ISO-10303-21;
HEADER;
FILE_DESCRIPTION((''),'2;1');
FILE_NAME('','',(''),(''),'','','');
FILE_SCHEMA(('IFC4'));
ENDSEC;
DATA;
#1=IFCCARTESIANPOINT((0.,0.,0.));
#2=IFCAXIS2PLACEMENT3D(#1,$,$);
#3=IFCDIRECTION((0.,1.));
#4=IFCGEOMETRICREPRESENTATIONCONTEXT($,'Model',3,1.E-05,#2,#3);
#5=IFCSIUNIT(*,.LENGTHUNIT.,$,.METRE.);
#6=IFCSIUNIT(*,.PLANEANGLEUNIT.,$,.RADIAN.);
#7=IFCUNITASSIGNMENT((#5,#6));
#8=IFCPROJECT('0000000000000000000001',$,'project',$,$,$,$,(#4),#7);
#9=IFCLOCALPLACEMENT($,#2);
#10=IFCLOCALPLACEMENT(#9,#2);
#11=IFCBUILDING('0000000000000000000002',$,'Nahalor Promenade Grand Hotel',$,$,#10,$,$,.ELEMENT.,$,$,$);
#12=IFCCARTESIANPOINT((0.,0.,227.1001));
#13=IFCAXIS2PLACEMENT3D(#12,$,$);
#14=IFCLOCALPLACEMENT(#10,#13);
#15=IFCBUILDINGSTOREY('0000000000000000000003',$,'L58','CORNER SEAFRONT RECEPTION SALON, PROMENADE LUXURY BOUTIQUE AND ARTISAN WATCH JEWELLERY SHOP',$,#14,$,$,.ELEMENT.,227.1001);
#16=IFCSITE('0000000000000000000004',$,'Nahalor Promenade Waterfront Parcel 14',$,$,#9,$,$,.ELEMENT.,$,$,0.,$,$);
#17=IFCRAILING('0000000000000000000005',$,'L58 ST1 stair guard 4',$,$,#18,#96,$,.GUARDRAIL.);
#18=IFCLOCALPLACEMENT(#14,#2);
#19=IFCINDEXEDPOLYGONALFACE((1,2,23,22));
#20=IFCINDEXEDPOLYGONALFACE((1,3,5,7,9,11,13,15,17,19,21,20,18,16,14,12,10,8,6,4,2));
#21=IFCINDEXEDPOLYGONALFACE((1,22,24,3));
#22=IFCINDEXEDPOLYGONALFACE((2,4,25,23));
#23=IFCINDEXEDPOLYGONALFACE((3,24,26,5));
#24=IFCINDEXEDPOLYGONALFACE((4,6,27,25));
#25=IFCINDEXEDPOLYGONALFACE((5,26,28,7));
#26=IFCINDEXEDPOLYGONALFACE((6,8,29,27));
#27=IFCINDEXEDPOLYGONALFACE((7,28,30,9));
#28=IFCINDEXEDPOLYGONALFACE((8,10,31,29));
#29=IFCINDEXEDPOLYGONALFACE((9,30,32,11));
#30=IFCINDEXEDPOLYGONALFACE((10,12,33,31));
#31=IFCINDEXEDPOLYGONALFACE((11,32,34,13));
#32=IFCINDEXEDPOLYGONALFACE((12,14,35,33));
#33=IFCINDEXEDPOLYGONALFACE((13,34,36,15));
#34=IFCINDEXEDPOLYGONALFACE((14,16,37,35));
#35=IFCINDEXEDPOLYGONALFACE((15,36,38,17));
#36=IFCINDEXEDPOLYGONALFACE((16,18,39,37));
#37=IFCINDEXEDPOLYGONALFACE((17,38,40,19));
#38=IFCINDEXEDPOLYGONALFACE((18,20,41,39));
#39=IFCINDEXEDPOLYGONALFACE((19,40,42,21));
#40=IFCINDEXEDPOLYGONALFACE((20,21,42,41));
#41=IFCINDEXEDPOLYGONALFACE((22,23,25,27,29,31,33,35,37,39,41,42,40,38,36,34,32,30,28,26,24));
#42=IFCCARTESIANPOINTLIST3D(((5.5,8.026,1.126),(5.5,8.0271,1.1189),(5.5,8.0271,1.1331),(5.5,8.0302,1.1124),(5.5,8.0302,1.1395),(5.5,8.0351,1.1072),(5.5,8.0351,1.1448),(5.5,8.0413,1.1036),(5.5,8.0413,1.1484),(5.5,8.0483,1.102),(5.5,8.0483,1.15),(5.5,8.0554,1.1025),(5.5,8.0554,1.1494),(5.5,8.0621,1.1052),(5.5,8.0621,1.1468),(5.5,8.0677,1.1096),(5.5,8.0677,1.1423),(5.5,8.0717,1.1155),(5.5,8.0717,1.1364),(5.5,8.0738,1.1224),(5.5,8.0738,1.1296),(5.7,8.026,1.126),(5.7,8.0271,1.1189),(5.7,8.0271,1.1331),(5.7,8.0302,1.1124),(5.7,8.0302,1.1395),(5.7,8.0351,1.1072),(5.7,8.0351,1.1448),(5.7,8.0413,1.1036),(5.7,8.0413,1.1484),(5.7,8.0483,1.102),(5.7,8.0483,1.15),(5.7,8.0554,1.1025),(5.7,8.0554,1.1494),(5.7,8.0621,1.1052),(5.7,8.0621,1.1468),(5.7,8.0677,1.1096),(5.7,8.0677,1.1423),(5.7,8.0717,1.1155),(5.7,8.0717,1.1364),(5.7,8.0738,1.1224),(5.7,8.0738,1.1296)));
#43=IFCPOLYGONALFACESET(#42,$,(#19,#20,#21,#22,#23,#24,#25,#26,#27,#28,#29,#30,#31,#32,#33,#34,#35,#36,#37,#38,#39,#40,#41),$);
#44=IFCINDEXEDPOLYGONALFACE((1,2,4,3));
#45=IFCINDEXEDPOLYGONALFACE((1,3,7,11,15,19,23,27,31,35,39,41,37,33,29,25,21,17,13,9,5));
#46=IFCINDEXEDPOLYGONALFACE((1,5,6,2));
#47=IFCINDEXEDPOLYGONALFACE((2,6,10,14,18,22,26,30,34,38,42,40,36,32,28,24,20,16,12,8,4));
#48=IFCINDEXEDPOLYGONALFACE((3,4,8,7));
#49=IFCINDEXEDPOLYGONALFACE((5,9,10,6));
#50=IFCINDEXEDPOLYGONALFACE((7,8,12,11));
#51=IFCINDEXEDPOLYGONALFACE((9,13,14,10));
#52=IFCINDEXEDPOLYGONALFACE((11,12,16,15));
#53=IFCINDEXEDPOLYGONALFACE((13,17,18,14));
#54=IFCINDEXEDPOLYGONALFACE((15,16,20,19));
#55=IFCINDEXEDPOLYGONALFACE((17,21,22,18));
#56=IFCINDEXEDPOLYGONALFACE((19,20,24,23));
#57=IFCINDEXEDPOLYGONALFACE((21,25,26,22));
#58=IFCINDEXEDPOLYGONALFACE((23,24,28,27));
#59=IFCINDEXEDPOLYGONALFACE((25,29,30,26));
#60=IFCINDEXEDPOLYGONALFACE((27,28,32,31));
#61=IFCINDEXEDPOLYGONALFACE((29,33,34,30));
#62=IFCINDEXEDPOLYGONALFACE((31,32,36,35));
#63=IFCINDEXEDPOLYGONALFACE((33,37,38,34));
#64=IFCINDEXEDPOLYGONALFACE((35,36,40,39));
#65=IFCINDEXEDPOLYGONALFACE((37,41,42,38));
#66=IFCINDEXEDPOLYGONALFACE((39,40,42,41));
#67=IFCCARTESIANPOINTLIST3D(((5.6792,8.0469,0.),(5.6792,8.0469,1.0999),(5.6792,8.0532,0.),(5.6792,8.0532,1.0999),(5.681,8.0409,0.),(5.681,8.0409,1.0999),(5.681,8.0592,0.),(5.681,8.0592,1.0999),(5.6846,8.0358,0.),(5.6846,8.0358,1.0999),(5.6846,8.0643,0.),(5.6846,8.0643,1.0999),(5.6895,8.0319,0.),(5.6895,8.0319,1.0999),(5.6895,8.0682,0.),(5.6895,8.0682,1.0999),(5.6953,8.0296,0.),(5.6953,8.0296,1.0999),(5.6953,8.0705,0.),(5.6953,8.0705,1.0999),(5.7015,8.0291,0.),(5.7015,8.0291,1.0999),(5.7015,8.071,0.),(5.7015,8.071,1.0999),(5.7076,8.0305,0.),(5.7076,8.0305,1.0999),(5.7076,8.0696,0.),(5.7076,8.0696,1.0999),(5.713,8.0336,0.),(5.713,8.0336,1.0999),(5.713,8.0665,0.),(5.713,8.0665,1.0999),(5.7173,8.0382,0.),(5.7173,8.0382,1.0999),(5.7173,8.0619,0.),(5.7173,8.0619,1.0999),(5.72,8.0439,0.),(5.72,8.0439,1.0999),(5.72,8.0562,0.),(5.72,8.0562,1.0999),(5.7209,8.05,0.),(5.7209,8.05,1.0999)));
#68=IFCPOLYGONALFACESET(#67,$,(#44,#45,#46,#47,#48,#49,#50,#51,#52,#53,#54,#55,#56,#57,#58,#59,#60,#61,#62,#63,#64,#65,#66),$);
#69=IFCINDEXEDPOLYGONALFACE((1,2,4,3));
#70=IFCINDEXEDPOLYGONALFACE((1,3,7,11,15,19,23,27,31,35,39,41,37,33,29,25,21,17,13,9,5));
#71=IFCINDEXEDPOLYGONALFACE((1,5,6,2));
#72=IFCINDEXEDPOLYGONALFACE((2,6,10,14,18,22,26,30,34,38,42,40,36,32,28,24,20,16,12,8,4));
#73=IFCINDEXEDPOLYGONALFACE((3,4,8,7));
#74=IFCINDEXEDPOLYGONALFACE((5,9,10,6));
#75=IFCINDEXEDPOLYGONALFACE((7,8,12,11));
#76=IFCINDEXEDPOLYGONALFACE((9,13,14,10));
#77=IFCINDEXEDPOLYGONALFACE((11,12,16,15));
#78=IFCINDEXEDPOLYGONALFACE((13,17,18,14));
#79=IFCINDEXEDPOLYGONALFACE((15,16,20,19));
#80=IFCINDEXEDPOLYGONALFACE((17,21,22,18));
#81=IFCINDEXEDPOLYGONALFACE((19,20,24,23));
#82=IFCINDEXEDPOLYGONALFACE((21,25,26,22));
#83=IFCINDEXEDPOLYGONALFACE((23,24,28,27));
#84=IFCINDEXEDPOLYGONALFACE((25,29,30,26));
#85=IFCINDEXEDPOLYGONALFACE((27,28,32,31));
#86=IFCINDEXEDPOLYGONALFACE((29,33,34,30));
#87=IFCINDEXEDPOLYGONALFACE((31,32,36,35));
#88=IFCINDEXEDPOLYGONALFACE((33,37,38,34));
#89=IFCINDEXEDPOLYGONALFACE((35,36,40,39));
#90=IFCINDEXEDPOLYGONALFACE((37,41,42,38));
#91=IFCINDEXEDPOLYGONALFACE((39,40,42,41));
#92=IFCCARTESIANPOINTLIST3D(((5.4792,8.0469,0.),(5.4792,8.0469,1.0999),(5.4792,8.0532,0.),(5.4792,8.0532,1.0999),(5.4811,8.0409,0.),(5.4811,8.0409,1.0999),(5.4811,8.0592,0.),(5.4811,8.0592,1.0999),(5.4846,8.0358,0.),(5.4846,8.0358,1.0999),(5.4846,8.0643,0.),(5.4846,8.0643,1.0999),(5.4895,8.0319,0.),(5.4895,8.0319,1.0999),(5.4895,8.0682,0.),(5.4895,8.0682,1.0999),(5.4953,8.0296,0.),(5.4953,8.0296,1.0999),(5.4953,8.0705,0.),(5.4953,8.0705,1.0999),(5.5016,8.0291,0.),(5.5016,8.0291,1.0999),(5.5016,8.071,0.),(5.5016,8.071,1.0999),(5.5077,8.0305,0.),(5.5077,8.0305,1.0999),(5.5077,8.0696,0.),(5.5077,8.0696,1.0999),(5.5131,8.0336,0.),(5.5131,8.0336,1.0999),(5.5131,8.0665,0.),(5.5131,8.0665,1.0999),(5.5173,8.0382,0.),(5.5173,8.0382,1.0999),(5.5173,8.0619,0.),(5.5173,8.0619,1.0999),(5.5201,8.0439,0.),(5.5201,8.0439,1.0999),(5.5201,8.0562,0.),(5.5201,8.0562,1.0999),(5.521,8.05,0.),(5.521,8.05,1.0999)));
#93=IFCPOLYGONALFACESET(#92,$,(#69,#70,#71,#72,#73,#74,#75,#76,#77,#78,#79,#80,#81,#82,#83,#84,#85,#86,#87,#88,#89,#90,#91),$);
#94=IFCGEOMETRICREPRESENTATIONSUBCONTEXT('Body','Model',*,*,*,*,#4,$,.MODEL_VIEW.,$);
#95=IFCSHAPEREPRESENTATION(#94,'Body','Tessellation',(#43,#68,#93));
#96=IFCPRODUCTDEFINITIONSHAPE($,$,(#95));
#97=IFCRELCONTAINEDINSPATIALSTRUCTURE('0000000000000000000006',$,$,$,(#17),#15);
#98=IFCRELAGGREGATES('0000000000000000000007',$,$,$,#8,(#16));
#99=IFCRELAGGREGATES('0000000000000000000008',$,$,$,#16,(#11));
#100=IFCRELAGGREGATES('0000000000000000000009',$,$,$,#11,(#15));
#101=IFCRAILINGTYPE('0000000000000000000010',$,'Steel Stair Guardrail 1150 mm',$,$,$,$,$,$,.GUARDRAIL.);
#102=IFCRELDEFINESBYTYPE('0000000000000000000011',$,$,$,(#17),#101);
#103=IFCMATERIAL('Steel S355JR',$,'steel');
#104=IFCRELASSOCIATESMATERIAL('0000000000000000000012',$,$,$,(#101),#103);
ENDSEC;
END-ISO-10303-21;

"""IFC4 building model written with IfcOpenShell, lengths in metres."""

from ifc_helpers import new_model, si_unit, direction, frame, origin, origin_2d, place, context, subcontext, project, spatial, circle, extrude, material, type_object, element, save


model = new_model("IFC4")

# Units and contexts
model_context = context("Model", 3, precision=1e-05, world=origin(), true_north=direction((0.0, 1.0)))
body_context = subcontext(model_context, "Body", "Model", "MODEL_VIEW")
ifc_project = project(units=[si_unit("LENGTHUNIT", "METRE"), si_unit("PLANEANGLEUNIT", "RADIAN")], contexts=[model_context])

# Site, building, storey
site_placement = place(None, origin())
site = spatial("IfcSite", under=ifc_project, at=site_placement, Name="Nahalor Promenade Waterfront Parcel 14", CompositionType="ELEMENT", RefElevation=0.0)
building_placement = place(site_placement, origin())
building = spatial("IfcBuilding", under=site, at=building_placement, Name="Nahalor Promenade Grand Hotel", CompositionType="ELEMENT")
storey_placement = place(building_placement, frame((0.0, 0.0, 227.1001)))
storey = spatial("IfcBuildingStorey", under=building, at=storey_placement, Name="L58", Description="CORNER SEAFRONT RECEPTION SALON, PROMENADE LUXURY BOUTIQUE AND ARTISAN WATCH JEWELLERY SHOP", CompositionType="ELEMENT", Elevation=227.1001)

# Shared definitions
ifc_material_1 = material(Name="Steel S355JR", Category="steel")

# Railing
railing_type_1 = type_object("IfcRailingType", Name="Steel Stair Guardrail 1150 mm", PredefinedType="GUARDRAIL", material=ifc_material_1)
railing_1_placement = place(storey_placement, frame((5.7, 8.05, 0.0)))
element("IfcRailing", 1, at=railing_1_placement, inside=storey, type_object=railing_type_1, Name="L58 ST1 stair guard 4", PredefinedType="GUARDRAIL", context=body_context, shape_type="SweptSolid", body=[
    extrude(circle(Radius=0.024, at=origin_2d()), frame((0.0, 0.0, 1.126), z_axis=(-1.0, 0.0, 0.0), x_axis=(0.0, -1.0, 0.0)), (0.0, 0.0, 1.0), 0.2),
    extrude(circle(Radius=0.021, at=origin_2d()), origin(), (0.0, 0.0, 1.0), 1.0999),
    extrude(circle(Radius=0.021, at=origin_2d()), frame((-0.2, 0.0, 0.0)), (0.0, 0.0, 1.0), 1.0999),
])

save(model, "model.ifc")
